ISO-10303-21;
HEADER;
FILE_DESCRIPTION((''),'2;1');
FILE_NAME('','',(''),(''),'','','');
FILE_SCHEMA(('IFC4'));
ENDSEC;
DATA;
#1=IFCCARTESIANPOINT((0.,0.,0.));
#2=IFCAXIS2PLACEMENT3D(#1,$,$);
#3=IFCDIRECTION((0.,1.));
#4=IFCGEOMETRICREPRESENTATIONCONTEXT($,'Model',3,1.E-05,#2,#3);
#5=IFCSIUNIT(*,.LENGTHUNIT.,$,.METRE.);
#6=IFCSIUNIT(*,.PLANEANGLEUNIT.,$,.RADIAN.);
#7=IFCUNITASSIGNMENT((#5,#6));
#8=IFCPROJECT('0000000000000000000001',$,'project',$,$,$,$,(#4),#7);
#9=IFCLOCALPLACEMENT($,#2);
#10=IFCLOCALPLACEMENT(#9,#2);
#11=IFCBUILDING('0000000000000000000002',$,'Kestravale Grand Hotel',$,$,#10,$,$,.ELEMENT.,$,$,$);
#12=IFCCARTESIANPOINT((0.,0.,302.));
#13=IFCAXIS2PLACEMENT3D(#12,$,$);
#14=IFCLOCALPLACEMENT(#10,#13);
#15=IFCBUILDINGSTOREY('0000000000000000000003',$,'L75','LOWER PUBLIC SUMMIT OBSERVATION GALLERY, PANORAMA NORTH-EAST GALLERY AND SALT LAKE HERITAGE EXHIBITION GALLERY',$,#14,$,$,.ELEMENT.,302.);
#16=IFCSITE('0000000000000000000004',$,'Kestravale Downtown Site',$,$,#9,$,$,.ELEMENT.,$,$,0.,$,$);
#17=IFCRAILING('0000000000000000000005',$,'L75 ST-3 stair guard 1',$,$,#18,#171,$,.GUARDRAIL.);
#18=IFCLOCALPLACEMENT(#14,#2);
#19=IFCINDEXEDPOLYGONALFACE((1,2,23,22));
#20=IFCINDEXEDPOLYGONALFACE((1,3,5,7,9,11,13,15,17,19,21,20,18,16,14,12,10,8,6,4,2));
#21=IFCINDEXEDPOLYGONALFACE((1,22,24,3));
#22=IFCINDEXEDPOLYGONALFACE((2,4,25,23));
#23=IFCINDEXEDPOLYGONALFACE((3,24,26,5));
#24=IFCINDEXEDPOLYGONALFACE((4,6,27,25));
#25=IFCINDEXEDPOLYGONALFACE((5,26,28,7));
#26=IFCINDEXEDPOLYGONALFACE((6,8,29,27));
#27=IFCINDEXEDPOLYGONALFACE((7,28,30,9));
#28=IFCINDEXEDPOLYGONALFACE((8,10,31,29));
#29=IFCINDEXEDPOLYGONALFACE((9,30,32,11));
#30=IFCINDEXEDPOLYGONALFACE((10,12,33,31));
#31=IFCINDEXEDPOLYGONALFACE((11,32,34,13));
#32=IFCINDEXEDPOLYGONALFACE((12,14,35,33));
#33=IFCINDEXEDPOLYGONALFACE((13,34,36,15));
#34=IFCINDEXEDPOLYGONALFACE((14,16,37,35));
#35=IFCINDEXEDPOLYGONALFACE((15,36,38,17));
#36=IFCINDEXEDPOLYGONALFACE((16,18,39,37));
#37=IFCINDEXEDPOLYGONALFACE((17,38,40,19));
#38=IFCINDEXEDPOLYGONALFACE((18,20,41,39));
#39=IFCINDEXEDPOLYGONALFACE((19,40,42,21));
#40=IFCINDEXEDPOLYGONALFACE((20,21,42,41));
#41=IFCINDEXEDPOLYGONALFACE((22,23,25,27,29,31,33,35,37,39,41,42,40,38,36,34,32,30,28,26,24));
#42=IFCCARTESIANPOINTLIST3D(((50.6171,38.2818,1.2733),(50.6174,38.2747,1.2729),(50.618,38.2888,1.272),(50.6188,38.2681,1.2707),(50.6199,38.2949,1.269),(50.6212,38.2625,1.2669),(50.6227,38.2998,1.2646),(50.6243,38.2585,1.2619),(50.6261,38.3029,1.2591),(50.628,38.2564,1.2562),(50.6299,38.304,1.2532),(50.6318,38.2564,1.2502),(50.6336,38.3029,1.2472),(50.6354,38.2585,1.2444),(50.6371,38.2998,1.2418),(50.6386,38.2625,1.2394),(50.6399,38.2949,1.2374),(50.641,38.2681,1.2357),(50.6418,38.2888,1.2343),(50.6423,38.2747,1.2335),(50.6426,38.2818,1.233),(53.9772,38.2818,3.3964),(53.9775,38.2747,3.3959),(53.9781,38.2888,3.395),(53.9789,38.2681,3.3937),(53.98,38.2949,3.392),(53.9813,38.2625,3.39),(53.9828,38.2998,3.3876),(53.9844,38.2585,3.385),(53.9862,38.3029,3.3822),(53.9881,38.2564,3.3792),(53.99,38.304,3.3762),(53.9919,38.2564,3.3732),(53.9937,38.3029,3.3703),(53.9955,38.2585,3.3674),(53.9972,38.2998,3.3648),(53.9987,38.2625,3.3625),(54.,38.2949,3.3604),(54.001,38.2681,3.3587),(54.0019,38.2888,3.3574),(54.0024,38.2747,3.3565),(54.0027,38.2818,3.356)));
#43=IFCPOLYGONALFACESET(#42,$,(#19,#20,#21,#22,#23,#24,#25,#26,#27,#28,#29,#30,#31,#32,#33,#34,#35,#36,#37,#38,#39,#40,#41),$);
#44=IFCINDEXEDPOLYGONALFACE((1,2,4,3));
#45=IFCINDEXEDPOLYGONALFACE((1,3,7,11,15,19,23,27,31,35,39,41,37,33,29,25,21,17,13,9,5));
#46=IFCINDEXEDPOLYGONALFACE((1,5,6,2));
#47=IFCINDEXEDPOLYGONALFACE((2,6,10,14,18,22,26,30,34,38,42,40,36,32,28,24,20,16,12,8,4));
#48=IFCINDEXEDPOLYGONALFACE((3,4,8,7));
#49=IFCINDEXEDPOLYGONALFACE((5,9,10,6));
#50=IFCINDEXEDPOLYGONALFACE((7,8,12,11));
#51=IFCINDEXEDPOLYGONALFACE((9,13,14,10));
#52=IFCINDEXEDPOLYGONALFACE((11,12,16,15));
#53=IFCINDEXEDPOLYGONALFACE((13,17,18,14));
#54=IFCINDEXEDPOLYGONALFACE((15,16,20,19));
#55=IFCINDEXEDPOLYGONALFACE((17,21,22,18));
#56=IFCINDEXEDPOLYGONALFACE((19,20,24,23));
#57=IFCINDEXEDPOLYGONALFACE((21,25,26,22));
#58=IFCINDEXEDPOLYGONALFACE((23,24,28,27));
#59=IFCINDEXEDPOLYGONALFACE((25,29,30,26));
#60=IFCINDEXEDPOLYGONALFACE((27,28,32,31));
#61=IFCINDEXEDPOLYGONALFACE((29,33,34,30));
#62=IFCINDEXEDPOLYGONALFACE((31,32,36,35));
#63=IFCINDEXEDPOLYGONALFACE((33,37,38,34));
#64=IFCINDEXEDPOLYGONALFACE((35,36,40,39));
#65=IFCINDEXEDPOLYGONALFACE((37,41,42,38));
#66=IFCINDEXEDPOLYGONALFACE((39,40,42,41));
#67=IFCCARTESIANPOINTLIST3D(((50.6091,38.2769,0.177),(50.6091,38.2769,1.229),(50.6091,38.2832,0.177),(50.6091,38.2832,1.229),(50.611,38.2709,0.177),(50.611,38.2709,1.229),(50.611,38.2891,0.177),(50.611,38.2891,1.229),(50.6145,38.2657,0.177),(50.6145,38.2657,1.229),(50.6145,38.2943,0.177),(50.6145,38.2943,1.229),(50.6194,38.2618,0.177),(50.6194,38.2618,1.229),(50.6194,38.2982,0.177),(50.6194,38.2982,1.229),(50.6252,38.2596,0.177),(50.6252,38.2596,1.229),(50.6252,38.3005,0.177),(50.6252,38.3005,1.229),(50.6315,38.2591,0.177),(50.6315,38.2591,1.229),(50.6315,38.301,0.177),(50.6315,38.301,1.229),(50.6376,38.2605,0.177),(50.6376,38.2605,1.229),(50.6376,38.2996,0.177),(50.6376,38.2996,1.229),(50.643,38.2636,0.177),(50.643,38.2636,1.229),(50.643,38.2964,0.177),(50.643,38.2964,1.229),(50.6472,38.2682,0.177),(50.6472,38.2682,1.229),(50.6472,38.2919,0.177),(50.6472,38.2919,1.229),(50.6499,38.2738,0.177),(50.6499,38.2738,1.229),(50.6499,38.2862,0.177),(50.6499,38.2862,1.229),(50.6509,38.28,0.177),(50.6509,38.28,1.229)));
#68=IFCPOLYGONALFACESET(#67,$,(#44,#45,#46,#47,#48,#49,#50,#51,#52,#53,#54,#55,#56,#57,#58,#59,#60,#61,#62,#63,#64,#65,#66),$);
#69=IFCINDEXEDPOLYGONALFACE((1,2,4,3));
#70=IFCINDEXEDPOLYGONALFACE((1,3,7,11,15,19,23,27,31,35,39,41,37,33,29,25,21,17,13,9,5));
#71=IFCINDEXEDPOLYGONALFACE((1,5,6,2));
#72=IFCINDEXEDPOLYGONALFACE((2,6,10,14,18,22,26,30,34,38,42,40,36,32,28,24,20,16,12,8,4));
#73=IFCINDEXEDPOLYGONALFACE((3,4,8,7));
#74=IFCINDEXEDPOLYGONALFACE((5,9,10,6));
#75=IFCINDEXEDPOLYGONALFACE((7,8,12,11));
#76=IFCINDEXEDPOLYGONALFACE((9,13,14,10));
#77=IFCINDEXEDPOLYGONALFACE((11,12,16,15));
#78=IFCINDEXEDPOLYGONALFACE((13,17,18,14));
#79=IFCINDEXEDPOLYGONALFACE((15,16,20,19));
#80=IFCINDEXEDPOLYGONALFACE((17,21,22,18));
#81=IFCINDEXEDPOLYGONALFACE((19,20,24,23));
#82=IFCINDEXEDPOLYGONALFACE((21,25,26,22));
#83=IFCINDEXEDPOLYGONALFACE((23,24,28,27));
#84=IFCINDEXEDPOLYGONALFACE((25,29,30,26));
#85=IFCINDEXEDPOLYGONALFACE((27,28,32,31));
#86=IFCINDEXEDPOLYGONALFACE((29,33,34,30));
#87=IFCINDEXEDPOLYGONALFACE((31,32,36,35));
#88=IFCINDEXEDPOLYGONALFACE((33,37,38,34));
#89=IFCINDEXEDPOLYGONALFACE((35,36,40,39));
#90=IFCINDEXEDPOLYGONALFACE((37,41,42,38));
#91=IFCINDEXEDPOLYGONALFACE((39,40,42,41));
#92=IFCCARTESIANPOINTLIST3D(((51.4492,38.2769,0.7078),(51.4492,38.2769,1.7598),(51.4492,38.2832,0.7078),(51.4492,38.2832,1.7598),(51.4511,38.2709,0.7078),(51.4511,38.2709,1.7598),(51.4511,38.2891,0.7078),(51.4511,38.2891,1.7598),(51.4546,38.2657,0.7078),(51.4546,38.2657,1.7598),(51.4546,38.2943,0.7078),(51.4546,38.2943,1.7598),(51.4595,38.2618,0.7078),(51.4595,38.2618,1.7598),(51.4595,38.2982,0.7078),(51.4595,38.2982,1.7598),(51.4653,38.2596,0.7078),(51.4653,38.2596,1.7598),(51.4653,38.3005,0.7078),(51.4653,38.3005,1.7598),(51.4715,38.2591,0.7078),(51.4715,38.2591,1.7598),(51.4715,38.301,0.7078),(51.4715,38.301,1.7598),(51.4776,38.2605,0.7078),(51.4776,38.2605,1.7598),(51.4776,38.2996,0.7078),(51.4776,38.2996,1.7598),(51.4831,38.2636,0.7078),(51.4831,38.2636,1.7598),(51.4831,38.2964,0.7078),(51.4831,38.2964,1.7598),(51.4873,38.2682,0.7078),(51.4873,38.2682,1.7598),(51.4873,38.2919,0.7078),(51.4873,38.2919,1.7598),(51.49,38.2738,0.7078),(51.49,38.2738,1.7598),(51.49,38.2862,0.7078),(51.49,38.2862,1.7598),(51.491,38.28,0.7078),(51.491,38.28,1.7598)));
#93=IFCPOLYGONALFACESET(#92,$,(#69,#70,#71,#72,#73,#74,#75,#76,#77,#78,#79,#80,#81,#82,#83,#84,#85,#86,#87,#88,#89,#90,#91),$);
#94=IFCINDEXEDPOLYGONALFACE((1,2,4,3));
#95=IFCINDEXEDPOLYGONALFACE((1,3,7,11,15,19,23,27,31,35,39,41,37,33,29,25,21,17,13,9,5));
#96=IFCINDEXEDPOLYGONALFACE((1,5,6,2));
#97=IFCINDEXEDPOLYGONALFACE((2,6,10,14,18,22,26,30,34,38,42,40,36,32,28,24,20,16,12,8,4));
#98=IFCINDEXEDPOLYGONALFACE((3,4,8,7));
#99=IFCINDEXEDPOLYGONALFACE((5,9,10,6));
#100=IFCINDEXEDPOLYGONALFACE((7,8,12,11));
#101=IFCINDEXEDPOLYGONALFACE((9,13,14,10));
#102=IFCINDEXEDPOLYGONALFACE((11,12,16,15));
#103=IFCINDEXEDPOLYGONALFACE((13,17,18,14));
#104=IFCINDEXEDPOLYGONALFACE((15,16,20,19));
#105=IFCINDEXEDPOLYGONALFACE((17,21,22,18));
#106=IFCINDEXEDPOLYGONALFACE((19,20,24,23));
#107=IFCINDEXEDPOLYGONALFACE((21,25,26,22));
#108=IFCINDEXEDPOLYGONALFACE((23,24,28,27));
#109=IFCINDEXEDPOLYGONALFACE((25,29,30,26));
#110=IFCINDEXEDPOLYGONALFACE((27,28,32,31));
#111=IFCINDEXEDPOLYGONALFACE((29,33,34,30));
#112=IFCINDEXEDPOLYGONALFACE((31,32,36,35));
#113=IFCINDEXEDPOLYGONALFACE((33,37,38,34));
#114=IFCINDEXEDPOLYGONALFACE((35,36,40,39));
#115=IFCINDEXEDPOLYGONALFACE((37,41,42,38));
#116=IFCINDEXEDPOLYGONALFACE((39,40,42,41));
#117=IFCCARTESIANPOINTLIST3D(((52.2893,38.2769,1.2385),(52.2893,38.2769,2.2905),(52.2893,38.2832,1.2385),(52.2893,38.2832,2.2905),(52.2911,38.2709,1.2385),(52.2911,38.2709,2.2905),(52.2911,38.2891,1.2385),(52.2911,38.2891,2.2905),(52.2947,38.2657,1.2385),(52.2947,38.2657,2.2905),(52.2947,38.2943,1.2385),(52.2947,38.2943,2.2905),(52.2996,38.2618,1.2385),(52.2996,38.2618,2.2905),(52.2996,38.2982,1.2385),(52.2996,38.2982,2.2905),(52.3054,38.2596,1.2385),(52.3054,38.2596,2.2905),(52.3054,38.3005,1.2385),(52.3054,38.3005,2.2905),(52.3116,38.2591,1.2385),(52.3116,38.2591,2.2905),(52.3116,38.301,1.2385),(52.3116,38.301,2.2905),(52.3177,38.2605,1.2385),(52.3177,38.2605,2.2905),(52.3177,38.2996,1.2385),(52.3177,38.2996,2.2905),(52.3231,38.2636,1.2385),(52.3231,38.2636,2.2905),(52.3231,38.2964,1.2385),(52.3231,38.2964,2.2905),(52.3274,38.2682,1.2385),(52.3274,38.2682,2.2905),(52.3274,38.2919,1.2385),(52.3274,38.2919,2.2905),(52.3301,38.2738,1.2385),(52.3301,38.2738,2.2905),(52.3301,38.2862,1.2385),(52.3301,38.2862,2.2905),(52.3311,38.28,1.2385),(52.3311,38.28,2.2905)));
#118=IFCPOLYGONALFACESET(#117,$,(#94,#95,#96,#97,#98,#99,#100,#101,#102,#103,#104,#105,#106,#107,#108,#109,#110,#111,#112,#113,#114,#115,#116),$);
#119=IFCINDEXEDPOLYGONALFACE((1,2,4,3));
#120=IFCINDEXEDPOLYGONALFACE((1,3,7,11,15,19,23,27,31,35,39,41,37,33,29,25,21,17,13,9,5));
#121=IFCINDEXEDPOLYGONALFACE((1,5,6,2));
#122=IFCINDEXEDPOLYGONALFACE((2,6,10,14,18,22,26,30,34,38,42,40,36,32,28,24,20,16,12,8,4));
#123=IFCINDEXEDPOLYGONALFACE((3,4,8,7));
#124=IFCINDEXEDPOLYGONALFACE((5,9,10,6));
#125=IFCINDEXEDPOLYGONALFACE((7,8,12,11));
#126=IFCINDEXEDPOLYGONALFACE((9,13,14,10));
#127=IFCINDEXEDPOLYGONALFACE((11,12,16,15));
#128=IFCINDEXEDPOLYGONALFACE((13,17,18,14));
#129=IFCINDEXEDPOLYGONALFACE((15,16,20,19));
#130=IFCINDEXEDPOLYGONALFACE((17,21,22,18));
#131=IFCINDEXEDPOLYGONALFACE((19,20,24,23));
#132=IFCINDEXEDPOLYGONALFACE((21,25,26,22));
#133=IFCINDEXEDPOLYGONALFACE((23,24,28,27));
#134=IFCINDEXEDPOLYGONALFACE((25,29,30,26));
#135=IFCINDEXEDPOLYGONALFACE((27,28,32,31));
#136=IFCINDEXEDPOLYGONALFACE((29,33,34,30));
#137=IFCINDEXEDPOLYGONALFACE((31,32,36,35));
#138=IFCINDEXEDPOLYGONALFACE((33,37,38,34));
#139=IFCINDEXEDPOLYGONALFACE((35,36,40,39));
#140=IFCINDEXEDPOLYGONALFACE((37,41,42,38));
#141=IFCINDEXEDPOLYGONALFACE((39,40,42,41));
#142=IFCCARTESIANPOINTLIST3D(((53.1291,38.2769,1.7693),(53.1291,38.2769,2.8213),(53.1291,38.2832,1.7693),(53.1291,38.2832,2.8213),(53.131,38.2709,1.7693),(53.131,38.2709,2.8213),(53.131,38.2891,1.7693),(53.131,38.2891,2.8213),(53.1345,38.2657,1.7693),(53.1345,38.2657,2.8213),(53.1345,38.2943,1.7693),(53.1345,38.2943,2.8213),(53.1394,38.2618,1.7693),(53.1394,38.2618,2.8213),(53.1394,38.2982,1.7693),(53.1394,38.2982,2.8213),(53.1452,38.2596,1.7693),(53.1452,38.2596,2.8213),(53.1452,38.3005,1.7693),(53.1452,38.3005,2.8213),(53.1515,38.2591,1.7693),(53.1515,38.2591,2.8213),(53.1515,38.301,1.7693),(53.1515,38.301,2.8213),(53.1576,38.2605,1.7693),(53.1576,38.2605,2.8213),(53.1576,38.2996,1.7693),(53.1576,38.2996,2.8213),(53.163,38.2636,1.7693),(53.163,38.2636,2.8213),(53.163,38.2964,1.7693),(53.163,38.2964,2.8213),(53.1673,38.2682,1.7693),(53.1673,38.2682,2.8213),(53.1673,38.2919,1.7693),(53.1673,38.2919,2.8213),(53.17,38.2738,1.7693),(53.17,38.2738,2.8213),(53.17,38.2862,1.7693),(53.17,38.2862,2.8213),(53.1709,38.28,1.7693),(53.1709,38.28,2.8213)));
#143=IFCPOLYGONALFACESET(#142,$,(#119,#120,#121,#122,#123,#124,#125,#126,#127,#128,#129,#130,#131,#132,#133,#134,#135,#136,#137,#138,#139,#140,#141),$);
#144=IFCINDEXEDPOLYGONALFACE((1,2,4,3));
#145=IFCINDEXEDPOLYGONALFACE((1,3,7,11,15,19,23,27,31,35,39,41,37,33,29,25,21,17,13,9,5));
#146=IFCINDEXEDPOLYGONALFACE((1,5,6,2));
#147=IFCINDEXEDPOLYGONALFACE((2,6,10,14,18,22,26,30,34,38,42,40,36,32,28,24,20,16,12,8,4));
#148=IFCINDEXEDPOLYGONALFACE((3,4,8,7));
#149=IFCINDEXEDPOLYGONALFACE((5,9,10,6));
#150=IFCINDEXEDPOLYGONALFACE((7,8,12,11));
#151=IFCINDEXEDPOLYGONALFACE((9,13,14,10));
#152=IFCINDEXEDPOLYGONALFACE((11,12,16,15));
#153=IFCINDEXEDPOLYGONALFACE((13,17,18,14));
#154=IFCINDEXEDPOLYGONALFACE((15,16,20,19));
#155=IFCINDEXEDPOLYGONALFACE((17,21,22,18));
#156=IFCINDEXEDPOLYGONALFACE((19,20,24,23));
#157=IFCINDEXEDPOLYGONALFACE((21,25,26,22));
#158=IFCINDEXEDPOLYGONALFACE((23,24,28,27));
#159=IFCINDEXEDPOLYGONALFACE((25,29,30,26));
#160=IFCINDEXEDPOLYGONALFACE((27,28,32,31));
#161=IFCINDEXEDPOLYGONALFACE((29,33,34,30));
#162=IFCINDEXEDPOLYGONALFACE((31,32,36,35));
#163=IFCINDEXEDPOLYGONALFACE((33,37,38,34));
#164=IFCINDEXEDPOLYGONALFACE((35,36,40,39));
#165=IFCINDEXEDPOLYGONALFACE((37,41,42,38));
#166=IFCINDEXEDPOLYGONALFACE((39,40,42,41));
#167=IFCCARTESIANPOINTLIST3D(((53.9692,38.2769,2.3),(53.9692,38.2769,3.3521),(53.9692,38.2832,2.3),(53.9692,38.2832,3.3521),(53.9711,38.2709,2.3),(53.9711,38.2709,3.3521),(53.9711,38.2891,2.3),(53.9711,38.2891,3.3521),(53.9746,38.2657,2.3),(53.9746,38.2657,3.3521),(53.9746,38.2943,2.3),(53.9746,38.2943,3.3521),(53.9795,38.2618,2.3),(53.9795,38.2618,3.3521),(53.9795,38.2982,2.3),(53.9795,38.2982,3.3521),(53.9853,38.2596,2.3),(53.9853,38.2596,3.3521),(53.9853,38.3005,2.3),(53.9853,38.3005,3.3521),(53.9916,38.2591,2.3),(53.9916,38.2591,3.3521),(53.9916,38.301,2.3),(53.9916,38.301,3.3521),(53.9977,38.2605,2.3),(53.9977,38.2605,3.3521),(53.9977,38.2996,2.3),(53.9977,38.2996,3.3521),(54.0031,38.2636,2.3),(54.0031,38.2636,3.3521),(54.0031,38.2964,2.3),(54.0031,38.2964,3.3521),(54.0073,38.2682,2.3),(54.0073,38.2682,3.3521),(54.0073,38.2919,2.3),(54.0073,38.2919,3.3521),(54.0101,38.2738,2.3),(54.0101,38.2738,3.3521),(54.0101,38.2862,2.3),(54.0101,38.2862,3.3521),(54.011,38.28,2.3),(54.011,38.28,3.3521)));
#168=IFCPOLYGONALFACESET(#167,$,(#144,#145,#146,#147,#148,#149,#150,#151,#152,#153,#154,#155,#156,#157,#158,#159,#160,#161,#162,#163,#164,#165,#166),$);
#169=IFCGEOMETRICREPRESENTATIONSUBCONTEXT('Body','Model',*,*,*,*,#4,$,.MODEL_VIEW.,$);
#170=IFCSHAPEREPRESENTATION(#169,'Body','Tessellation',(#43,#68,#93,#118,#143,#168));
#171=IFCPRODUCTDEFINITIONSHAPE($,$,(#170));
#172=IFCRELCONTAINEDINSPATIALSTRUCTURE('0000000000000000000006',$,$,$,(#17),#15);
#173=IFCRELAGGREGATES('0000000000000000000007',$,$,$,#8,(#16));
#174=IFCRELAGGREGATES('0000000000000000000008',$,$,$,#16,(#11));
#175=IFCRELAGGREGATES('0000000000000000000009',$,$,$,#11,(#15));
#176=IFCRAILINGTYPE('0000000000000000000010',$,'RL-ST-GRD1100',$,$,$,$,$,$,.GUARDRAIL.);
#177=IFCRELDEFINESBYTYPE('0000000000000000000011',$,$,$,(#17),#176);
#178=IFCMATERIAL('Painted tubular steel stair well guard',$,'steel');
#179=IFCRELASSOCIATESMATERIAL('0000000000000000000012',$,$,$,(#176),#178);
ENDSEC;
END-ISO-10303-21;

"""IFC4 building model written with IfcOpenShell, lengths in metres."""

from ifc_helpers import new_model, si_unit, direction, frame, origin, origin_2d, place, context, subcontext, project, spatial, circle, extrude, material, type_object, element, save


model = new_model("IFC4")

# Units and contexts
model_context = context("Model", 3, precision=1e-05, world=origin(), true_north=direction((0.0, 1.0)))
body_context = subcontext(model_context, "Body", "Model", "MODEL_VIEW")
ifc_project = project(units=[si_unit("LENGTHUNIT", "METRE"), si_unit("PLANEANGLEUNIT", "RADIAN")], contexts=[model_context])

# Site, building, storey
site_placement = place(None, origin())
site = spatial("IfcSite", under=ifc_project, at=site_placement, Name="Kestravale Downtown Site", CompositionType="ELEMENT", RefElevation=0.0)
building_placement = place(site_placement, origin())
building = spatial("IfcBuilding", under=site, at=building_placement, Name="Kestravale Grand Hotel", CompositionType="ELEMENT")
storey_placement = place(building_placement, frame((0.0, 0.0, 302.0)))
storey = spatial("IfcBuildingStorey", under=building, at=storey_placement, Name="L75", Description="LOWER PUBLIC SUMMIT OBSERVATION GALLERY, PANORAMA NORTH-EAST GALLERY AND SALT LAKE HERITAGE EXHIBITION GALLERY", CompositionType="ELEMENT", Elevation=302.0)

# Railing
ifc_material_1 = material(Name="Painted tubular steel stair well guard", Category="steel")
railing_type_1 = type_object("IfcRailingType", Name="RL-ST-GRD1100", PredefinedType="GUARDRAIL", material=ifc_material_1)
railing_1_placement = place(storey_placement, frame((50.6299, 38.28, 0.177)))
element("IfcRailing", 1, at=railing_1_placement, inside=storey, type_object=railing_type_1, Name="L75 ST-3 stair guard 1", PredefinedType="GUARDRAIL", context=body_context, shape_type="SweptSolid", body=[
    extrude(circle(Radius=0.0239, at=origin_2d()), frame((0.0, 0.0, 1.0762), z_axis=(0.84539, 0.0, 0.53415), x_axis=(0.0, 1.0, 0.0)), (0.0, 0.0, 1.0), 3.9746),
    extrude(circle(Radius=0.021, at=origin_2d()), origin(), (0.0, 0.0, 1.0), 1.052),
    extrude(circle(Radius=0.021, at=origin_2d()), frame((0.8401, 0.0, 0.5308)), (0.0, 0.0, 1.0), 1.052),
    extrude(circle(Radius=0.021, at=origin_2d()), frame((1.6802, 0.0, 1.0615)), (0.0, 0.0, 1.0), 1.052),
    extrude(circle(Radius=0.021, at=origin_2d()), frame((2.52, 0.0, 1.5923)), (0.0, 0.0, 1.0), 1.052),
    extrude(circle(Radius=0.021, at=origin_2d()), frame((3.3601, 0.0, 2.123)), (0.0, 0.0, 1.0), 1.052),
])

save(model, "model.ifc")
